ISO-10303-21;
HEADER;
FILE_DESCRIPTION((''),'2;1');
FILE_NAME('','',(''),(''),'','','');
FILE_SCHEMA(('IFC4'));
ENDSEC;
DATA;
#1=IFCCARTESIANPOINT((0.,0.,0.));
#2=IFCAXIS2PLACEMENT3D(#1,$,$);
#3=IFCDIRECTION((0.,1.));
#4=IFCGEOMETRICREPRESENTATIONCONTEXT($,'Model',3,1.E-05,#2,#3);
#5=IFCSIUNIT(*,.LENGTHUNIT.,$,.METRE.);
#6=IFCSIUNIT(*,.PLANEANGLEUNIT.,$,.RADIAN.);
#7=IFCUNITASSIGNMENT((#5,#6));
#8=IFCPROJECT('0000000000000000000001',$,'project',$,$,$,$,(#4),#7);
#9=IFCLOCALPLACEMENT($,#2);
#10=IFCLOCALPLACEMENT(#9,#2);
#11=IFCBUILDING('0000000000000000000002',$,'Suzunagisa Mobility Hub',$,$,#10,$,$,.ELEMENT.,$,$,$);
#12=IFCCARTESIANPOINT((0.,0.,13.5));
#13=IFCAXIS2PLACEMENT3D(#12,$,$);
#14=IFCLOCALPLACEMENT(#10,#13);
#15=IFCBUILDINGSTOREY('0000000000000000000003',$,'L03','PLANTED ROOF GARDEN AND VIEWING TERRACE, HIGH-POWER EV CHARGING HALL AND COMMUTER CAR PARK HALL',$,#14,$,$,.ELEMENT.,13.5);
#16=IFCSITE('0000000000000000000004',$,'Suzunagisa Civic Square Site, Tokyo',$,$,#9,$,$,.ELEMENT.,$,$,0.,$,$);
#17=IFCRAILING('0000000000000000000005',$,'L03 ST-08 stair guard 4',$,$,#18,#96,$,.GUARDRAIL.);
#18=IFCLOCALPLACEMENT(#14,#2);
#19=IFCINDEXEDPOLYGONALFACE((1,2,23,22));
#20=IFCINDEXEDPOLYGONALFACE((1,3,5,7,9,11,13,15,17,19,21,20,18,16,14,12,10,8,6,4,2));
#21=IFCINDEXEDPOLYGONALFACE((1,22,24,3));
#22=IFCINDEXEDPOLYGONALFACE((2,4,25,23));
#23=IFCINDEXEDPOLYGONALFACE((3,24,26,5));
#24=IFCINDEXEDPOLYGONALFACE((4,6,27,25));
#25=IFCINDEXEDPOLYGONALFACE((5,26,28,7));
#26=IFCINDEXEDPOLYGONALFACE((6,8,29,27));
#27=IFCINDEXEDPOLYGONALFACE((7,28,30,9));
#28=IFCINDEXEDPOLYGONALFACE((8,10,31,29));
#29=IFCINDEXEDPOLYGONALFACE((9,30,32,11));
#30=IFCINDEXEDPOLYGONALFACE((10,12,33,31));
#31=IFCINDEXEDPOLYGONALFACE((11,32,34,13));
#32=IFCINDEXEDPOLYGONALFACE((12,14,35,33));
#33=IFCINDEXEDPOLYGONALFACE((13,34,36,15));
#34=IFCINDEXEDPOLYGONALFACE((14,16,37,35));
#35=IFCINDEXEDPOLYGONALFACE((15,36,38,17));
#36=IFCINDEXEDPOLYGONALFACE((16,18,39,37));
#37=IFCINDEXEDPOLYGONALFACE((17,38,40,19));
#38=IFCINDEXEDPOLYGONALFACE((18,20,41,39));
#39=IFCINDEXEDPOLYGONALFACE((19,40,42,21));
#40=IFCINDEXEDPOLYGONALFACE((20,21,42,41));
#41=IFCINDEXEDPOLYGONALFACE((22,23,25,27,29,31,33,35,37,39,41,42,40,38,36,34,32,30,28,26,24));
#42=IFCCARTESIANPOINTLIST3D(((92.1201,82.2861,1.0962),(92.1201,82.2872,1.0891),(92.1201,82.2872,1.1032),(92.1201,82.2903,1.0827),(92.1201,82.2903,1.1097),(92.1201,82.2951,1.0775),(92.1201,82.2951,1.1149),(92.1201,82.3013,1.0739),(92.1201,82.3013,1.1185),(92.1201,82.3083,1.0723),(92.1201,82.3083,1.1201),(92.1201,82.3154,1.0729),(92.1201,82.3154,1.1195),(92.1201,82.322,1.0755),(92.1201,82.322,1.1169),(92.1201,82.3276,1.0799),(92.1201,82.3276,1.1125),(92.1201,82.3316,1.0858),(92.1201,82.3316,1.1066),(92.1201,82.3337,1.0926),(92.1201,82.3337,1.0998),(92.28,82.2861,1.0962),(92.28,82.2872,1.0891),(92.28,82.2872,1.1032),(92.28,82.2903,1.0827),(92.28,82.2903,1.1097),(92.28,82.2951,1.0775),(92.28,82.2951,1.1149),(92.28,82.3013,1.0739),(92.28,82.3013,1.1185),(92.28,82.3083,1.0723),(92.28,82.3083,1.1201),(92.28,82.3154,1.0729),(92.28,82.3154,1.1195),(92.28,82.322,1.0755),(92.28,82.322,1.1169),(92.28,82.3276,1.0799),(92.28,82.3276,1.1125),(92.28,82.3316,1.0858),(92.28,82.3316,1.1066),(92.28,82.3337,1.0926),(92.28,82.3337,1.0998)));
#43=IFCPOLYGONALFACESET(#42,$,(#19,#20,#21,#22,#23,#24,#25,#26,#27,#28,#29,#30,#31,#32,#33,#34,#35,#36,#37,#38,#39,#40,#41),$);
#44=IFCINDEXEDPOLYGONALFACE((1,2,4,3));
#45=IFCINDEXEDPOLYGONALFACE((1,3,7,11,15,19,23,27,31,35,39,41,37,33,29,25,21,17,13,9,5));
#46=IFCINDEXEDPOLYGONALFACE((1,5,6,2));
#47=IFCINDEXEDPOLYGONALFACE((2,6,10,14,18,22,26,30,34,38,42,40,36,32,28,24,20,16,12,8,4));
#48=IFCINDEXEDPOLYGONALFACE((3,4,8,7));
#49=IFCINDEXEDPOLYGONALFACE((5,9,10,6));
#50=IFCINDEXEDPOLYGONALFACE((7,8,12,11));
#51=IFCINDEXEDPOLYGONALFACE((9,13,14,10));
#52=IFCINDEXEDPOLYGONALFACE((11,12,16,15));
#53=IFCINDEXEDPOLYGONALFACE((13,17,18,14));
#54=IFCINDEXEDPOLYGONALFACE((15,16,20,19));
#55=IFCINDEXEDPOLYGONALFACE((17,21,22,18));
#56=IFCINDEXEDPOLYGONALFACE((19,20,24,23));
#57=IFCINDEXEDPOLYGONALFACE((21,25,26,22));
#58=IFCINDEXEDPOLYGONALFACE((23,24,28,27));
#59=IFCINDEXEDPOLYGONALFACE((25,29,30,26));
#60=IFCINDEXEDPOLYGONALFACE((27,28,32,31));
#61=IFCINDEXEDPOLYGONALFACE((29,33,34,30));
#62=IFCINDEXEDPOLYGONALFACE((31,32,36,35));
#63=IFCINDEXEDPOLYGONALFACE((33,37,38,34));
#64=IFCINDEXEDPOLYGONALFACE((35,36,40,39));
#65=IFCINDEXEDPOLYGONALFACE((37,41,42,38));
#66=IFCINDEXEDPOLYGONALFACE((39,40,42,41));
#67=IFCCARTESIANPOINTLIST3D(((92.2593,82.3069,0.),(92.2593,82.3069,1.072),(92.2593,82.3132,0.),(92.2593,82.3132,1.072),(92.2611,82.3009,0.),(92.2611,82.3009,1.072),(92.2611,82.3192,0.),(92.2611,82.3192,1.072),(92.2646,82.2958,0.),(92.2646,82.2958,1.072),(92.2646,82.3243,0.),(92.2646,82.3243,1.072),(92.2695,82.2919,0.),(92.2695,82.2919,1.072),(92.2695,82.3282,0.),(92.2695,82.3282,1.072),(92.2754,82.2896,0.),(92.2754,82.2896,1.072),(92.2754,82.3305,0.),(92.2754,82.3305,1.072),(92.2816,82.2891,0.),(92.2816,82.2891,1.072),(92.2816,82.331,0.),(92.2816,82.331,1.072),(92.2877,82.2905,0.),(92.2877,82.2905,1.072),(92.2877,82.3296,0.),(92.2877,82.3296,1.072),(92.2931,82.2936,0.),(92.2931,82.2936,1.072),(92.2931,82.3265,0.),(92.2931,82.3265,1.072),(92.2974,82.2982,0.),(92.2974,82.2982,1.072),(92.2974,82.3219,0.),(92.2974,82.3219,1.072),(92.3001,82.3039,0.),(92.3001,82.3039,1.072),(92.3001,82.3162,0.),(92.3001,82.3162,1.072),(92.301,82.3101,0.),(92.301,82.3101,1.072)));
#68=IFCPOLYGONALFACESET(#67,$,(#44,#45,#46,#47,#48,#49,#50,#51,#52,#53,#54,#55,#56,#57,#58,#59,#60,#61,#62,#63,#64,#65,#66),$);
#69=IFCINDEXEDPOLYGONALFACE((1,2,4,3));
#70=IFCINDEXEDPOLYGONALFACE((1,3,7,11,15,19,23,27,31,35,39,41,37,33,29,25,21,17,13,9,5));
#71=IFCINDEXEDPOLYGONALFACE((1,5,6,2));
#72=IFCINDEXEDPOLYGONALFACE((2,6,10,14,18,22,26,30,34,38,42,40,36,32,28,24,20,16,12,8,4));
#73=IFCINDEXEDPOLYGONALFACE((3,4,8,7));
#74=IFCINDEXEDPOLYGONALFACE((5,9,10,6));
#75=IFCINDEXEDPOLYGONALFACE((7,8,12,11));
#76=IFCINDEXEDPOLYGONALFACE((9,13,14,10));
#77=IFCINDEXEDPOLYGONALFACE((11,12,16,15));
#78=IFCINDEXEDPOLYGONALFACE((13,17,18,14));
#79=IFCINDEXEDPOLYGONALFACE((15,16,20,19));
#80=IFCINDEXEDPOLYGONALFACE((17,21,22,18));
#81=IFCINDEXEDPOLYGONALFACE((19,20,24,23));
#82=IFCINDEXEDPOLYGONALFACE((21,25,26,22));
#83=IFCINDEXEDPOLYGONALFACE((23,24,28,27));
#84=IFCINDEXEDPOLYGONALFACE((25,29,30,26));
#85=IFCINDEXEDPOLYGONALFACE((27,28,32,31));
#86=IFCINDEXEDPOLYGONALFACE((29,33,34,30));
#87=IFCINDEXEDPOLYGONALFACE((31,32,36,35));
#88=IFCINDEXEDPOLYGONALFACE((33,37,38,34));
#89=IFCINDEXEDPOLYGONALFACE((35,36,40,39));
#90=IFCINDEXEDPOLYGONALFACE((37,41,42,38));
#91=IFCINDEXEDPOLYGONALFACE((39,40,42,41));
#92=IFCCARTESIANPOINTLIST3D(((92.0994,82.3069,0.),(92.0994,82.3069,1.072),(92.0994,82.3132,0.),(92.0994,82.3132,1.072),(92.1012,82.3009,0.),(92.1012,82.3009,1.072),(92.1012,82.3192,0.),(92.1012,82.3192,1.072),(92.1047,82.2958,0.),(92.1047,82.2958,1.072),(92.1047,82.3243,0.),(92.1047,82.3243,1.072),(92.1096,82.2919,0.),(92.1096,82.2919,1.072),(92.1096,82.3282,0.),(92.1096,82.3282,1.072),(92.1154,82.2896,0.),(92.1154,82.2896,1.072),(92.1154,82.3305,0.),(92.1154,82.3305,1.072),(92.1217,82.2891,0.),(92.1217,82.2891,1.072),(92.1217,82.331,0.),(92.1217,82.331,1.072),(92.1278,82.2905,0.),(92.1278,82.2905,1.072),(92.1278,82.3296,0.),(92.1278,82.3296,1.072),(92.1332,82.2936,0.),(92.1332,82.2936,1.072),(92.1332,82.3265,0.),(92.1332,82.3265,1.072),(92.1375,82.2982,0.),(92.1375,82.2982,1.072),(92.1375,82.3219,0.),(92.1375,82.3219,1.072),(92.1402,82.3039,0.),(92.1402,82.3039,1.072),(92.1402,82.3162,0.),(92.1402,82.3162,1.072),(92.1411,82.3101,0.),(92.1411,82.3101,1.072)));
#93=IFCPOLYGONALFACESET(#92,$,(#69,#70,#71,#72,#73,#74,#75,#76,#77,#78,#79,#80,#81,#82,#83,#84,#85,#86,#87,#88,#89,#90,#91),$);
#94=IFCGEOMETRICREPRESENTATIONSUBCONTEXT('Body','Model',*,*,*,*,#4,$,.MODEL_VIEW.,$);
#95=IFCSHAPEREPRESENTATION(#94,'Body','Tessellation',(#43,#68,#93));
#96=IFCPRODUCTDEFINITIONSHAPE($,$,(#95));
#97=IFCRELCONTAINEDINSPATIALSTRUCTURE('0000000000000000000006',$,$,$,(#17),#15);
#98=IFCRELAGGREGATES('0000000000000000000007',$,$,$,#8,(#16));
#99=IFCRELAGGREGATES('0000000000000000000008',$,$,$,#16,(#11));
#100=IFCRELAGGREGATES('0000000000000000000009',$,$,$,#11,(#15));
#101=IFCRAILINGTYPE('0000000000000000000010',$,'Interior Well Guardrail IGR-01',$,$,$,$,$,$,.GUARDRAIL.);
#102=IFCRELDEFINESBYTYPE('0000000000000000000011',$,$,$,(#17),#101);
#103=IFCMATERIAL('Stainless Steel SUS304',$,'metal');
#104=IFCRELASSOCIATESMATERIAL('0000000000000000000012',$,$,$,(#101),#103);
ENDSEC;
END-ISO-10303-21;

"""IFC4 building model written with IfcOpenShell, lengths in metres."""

from ifc_helpers import new_model, si_unit, direction, frame, origin, origin_2d, place, context, subcontext, project, spatial, circle, extrude, material, type_object, element, save


model = new_model("IFC4")

# Units and contexts
model_context = context("Model", 3, precision=1e-05, world=origin(), true_north=direction((0.0, 1.0)))
body_context = subcontext(model_context, "Body", "Model", "MODEL_VIEW")
ifc_project = project(units=[si_unit("LENGTHUNIT", "METRE"), si_unit("PLANEANGLEUNIT", "RADIAN")], contexts=[model_context])

# Site, building, storey
site_placement = place(None, origin())
site = spatial("IfcSite", under=ifc_project, at=site_placement, Name="Suzunagisa Civic Square Site, Tokyo", CompositionType="ELEMENT", RefElevation=0.0)
building_placement = place(site_placement, origin())
building = spatial("IfcBuilding", under=site, at=building_placement, Name="Suzunagisa Mobility Hub", CompositionType="ELEMENT")
storey_placement = place(building_placement, frame((0.0, 0.0, 13.5)))
storey = spatial("IfcBuildingStorey", under=building, at=storey_placement, Name="L03", Description="PLANTED ROOF GARDEN AND VIEWING TERRACE, HIGH-POWER EV CHARGING HALL AND COMMUTER CAR PARK HALL", CompositionType="ELEMENT", Elevation=13.5)

# Railing
ifc_material_1 = material(Name="Stainless Steel SUS304", Category="metal")
railing_type_1 = type_object("IfcRailingType", Name="Interior Well Guardrail IGR-01", PredefinedType="GUARDRAIL", material=ifc_material_1)
railing_1_placement = place(storey_placement, frame((92.28, 82.3101, 0.0)))
element("IfcRailing", 1, at=railing_1_placement, inside=storey, type_object=railing_type_1, Name="L03 ST-08 stair guard 4", PredefinedType="GUARDRAIL", context=body_context, shape_type="SweptSolid", body=[
    extrude(circle(Radius=0.0239, at=origin_2d()), frame((0.0, 0.0, 1.0962), z_axis=(-1.0, 0.0, 0.0), x_axis=(0.0, -1.0, 0.0)), (0.0, 0.0, 1.0), 0.1599),
    extrude(circle(Radius=0.021, at=origin_2d()), origin(), (0.0, 0.0, 1.0), 1.072),
    extrude(circle(Radius=0.021, at=origin_2d()), frame((-0.1599, 0.0, 0.0)), (0.0, 0.0, 1.0), 1.072),
])

save(model, "model.ifc")
